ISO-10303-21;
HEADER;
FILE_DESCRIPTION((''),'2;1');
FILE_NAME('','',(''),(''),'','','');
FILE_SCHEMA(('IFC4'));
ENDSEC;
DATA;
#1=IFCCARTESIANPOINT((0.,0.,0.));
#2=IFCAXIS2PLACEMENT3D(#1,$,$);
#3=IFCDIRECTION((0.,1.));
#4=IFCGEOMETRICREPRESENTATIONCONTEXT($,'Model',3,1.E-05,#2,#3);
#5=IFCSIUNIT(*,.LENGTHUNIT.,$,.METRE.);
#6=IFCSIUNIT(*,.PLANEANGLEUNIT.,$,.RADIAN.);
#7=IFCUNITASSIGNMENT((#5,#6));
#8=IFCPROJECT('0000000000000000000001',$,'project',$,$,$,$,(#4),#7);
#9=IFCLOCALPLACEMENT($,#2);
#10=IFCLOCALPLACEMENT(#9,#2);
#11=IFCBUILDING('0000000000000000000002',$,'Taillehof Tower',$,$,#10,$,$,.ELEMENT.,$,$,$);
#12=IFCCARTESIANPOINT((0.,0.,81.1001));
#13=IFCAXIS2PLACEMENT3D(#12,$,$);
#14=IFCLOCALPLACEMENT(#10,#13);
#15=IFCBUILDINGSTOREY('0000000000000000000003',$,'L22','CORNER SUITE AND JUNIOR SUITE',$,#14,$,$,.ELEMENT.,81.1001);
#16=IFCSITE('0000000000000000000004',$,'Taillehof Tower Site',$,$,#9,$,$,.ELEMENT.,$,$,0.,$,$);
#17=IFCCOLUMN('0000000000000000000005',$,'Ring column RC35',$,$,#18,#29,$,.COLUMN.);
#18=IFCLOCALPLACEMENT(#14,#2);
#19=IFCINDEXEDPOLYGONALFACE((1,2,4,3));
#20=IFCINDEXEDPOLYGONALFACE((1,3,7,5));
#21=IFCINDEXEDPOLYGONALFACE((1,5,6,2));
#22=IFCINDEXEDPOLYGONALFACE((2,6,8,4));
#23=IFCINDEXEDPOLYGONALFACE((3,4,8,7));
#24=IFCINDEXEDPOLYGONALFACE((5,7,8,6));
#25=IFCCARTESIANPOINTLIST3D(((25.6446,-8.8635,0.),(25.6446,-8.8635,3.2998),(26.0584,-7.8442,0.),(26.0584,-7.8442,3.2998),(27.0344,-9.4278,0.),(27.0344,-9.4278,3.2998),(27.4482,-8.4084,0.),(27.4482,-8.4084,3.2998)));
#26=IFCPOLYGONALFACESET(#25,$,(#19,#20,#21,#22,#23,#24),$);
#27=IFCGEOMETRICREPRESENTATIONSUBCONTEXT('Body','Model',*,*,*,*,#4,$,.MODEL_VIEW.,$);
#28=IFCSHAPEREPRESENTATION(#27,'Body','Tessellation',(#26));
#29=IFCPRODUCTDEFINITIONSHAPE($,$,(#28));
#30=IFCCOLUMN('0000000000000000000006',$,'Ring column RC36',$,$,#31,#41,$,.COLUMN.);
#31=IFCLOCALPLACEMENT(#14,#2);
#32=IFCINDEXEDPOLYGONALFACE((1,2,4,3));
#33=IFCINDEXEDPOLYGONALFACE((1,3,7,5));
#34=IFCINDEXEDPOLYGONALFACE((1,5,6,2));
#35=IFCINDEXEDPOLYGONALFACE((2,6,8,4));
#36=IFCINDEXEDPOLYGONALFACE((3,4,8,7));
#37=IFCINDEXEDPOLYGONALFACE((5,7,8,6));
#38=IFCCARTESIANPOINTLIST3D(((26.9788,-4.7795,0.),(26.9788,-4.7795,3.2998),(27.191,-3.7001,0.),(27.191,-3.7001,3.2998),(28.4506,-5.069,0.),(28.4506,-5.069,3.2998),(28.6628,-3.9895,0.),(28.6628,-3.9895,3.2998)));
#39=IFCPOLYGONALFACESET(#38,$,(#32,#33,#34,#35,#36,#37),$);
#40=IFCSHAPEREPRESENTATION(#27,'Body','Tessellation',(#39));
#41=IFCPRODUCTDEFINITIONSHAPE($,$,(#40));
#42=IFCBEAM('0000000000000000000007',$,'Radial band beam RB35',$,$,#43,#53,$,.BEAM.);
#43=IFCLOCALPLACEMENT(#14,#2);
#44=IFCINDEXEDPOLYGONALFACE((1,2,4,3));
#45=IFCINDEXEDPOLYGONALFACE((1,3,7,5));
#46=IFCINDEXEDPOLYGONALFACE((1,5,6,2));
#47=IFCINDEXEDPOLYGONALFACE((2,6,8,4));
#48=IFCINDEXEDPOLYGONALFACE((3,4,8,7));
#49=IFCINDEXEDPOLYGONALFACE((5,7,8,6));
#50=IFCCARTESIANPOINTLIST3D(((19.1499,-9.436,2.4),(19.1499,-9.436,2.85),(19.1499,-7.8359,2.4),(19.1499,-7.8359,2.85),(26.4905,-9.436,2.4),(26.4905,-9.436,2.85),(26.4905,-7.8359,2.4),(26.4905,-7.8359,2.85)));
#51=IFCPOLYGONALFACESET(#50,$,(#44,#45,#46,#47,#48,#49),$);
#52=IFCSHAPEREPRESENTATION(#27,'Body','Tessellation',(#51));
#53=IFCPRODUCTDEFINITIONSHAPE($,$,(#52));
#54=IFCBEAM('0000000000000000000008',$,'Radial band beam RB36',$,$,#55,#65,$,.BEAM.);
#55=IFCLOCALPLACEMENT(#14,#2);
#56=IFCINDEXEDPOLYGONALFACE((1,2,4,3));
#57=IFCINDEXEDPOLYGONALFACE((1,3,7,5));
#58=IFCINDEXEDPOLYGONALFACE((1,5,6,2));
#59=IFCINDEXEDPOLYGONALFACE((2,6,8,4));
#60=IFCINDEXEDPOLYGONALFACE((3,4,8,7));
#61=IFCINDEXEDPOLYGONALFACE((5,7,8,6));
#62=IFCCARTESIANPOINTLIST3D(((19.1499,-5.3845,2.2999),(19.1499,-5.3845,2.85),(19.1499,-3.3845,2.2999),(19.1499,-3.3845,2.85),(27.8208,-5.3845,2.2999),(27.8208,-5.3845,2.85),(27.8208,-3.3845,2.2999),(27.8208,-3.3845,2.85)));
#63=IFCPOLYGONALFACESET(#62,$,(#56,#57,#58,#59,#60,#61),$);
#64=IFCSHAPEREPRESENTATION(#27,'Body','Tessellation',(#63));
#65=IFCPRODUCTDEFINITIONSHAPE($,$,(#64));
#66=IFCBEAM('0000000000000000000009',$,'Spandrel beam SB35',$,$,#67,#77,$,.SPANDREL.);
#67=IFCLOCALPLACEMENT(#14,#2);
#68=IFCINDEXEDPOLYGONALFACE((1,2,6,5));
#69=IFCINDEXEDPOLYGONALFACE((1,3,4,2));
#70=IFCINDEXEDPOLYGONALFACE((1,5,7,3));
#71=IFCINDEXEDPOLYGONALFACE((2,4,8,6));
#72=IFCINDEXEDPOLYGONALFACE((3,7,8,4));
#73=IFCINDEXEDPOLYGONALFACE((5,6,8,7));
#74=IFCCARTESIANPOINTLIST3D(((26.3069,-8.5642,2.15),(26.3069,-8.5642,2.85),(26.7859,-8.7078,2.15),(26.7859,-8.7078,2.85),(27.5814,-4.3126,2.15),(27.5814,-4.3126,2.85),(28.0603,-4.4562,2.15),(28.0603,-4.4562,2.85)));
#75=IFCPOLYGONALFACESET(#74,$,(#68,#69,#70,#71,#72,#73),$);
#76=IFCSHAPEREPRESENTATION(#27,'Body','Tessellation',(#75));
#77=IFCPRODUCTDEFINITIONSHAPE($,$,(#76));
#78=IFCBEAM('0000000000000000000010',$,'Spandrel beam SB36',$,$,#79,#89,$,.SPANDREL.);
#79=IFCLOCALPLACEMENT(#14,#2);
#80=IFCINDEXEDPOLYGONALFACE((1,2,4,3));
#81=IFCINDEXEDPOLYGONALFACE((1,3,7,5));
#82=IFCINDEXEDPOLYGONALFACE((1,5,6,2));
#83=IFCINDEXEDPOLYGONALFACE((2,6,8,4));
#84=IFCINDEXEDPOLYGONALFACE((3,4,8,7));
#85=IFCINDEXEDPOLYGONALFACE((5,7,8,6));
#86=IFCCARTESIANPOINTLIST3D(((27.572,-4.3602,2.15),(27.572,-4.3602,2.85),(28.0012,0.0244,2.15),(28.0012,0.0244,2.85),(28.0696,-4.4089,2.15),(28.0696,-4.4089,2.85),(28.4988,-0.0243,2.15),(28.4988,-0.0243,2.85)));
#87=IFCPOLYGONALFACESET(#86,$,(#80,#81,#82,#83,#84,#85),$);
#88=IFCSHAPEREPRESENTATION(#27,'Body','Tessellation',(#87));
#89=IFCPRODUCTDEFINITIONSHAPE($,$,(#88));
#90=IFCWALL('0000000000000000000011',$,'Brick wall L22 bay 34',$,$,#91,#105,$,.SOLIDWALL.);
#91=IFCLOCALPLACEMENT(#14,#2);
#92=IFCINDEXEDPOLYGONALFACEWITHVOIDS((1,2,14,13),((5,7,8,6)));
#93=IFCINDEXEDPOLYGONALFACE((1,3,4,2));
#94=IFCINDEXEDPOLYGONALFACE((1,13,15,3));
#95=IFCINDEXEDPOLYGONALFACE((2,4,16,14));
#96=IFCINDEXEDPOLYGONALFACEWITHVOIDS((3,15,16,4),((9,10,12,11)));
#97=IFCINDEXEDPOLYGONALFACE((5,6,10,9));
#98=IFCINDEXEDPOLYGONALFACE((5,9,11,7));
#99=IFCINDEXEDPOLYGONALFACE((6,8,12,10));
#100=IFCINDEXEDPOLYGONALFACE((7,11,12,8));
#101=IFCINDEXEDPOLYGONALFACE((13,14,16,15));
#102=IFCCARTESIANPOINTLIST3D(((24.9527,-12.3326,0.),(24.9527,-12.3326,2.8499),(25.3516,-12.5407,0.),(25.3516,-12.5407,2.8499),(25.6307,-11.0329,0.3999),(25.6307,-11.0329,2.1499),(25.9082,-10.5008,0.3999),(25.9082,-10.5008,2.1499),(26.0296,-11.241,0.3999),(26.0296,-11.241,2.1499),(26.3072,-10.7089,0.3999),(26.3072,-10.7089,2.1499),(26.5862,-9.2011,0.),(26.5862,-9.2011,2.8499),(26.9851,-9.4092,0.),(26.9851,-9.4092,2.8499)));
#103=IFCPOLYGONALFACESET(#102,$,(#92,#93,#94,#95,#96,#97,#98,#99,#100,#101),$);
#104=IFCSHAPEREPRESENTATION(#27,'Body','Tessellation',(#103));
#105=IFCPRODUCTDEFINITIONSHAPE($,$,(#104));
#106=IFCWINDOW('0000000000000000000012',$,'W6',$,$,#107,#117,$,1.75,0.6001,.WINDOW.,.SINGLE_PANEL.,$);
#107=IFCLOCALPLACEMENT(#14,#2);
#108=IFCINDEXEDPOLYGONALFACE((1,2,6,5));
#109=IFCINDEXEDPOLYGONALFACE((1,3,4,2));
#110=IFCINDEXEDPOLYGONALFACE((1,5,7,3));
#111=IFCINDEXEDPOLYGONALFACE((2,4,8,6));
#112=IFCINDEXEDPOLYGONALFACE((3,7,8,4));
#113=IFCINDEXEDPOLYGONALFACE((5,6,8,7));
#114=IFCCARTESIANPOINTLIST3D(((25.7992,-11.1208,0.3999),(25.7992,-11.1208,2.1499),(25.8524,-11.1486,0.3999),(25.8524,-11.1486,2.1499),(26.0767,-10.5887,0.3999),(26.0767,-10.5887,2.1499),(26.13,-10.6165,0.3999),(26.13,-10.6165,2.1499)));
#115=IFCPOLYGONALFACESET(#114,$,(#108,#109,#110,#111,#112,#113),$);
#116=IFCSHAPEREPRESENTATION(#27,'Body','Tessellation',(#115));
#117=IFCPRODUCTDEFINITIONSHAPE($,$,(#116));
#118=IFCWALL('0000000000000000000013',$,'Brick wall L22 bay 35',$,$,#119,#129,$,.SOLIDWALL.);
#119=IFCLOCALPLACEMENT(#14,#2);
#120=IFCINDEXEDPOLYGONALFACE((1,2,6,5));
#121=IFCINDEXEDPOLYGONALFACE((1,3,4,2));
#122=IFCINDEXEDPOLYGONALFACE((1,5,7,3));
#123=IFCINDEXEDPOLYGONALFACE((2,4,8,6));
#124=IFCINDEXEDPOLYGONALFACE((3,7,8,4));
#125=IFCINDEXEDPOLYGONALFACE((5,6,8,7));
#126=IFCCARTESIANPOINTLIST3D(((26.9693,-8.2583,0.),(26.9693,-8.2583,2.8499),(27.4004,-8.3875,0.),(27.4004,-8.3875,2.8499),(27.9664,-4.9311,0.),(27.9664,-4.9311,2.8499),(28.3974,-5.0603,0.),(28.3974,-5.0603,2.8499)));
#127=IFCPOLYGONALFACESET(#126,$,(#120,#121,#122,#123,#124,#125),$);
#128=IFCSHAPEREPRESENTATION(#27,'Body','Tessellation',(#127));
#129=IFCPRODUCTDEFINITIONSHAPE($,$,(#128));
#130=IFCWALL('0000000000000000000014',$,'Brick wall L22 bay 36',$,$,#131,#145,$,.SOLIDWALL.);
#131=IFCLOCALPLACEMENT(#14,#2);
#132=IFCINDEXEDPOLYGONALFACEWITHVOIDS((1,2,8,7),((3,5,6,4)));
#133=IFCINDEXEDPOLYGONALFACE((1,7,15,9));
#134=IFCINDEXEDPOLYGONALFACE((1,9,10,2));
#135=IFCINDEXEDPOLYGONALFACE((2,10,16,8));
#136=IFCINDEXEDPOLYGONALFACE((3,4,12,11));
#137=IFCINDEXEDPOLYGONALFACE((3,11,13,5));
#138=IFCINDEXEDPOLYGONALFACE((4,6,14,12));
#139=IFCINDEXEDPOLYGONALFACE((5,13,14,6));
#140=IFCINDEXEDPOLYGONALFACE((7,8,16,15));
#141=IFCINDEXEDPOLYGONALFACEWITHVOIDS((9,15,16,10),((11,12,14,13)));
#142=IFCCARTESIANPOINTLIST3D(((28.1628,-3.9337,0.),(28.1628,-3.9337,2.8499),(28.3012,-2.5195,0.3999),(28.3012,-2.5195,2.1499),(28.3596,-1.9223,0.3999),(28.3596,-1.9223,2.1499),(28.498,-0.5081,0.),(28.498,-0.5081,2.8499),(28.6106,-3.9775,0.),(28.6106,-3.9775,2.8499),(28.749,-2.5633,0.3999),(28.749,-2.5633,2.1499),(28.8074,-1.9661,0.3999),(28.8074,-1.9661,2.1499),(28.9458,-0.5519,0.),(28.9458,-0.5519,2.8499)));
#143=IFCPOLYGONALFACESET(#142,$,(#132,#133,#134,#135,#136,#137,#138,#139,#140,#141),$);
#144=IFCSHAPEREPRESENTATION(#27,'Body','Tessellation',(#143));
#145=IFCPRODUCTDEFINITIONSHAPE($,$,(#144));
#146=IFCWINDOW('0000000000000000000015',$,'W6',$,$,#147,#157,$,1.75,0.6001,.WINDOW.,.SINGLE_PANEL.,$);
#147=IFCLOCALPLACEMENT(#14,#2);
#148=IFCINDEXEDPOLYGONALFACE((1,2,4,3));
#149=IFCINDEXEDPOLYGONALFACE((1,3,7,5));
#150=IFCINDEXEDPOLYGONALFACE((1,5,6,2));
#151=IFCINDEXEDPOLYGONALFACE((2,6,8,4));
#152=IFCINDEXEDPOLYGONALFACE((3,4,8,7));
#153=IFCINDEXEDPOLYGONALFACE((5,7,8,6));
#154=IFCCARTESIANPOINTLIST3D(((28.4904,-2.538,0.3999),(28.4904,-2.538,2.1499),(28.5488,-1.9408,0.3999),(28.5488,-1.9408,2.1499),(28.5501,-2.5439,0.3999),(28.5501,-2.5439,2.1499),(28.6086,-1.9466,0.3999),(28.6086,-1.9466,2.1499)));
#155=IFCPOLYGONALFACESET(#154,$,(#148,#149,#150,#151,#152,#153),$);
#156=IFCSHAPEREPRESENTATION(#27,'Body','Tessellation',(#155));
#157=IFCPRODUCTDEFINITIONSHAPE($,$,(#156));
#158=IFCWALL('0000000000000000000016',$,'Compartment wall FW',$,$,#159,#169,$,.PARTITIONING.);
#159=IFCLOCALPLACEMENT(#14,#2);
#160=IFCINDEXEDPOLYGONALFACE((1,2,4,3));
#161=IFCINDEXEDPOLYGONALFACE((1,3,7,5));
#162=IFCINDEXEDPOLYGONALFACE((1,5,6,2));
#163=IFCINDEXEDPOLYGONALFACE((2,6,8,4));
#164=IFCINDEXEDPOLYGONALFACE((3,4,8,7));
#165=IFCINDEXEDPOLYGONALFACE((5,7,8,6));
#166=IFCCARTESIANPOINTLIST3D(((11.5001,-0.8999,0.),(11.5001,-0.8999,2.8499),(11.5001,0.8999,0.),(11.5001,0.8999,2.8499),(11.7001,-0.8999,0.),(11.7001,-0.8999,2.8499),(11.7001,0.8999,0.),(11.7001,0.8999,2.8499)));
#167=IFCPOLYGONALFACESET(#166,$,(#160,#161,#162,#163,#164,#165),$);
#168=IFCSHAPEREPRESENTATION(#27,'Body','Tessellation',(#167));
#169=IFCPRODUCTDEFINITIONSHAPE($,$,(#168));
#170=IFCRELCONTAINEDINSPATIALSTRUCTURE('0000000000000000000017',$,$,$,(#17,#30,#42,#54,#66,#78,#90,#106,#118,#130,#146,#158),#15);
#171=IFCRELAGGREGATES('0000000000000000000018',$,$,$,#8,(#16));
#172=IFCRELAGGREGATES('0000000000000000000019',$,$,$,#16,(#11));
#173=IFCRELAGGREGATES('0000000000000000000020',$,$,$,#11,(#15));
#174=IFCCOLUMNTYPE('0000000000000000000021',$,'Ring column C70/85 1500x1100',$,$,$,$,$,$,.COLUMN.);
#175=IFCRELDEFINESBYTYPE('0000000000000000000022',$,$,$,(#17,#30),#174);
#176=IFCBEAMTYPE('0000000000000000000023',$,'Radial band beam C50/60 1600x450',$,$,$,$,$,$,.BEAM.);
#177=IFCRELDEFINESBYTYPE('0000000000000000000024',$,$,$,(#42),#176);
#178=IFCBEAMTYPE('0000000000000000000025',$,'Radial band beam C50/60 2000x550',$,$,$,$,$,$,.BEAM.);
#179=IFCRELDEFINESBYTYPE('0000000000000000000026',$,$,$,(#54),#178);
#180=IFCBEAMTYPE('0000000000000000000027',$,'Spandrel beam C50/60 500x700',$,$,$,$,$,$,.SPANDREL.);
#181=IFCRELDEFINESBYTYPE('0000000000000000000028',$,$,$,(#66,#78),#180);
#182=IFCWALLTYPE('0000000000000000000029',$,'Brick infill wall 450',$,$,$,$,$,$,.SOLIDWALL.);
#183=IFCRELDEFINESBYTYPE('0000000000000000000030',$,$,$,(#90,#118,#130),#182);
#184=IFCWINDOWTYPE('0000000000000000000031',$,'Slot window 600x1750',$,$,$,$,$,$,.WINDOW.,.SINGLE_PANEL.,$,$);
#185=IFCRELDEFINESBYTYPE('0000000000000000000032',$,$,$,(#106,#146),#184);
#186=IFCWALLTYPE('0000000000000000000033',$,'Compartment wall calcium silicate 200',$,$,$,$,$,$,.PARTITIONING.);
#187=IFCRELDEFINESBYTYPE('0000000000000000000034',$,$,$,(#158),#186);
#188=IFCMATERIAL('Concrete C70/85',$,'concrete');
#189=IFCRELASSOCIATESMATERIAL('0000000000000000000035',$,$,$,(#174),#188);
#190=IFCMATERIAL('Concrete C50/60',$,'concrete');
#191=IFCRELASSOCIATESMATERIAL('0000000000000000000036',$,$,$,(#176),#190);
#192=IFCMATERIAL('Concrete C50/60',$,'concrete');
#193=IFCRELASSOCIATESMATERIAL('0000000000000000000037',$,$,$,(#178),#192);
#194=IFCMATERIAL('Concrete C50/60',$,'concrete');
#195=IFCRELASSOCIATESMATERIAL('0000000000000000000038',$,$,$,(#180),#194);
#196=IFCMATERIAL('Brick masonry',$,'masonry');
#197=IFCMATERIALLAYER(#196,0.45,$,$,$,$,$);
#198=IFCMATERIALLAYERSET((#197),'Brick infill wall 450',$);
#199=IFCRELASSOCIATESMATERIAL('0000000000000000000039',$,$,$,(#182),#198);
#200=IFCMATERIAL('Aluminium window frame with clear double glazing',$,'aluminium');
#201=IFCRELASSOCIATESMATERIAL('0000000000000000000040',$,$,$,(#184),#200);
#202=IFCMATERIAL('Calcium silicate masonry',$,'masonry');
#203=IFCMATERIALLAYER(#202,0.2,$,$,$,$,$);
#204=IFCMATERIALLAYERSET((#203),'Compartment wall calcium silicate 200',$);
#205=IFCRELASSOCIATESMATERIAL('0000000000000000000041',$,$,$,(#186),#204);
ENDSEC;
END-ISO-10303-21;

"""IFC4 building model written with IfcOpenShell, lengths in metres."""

from ifc_helpers import new_model, si_unit, direction, frame, frame_2d, origin, origin_2d, place, context, subcontext, project, spatial, rectangle, extrude, material, layer, layer_set, material_profile, profile_set, type_object, element, fill, save


model = new_model("IFC4")

# Units and contexts
model_context = context("Model", 3, precision=1e-05, world=origin(), true_north=direction((0.0, 1.0)))
body_context = subcontext(model_context, "Body", "Model", "MODEL_VIEW")
ifc_project = project(units=[si_unit("LENGTHUNIT", "METRE"), si_unit("PLANEANGLEUNIT", "RADIAN")], contexts=[model_context])

# Site, building, storey
site_placement = place(None, origin())
site = spatial("IfcSite", under=ifc_project, at=site_placement, Name="Taillehof Tower Site", CompositionType="ELEMENT", RefElevation=0.0)
building_placement = place(site_placement, origin())
building = spatial("IfcBuilding", under=site, at=building_placement, Name="Taillehof Tower", CompositionType="ELEMENT")
storey_placement = place(building_placement, frame((0.0, 0.0, 81.1001)))
storey = spatial("IfcBuildingStorey", under=building, at=storey_placement, Name="L22", Description="CORNER SUITE AND JUNIOR SUITE", CompositionType="ELEMENT", Elevation=81.1001)

# Columns
ifc_material_1 = material(Name="Concrete C70/85", Category="concrete")
ifc_material_profile_1 = material_profile(ifc_material_1, rectangle(XDim=1.5, YDim=1.1001, at=origin_2d()), Name="RC 1500x1100")
ifc_profile_set_1 = profile_set([ifc_material_profile_1], Name="Concrete C70/85")
column_type = type_object("IfcColumnType", Name="Ring column C70/85 1500x1100", PredefinedType="COLUMN", material=ifc_profile_set_1)
for number, where, z_axis, x_axis, name in (
    (1, (26.5464, -8.636, 0.0), (0.0, 0.0, 1.0), (0.926558, -0.376152, 0.0), "Ring column RC35"),
    (2, (27.8208, -4.3845, 0.0), (0.0, 0.0, 1.0), (0.981204, -0.192976, 0.0), "Ring column RC36"),
):
    element("IfcColumn", number, at=place(storey_placement, frame(where, z_axis=z_axis, x_axis=x_axis)), inside=storey, type_object=column_type, Name=name, PredefinedType="COLUMN", context=body_context, shape_type="SweptSolid", body=[
        extrude(rectangle(XDim=1.5, YDim=1.1001, at=origin_2d()), origin(), (0.0, 0.0, 1.0), 3.2998),
    ])

# Beams
ifc_material_2 = material(Name="Concrete C50/60", Category="concrete")
ifc_material_profile_2 = material_profile(ifc_material_2, rectangle(XDim=1.6001, YDim=0.45, at=origin_2d()), Name="RC 1600x450")
ifc_profile_set_2 = profile_set([ifc_material_profile_2], Name="Concrete C50/60")
beam_type_1 = type_object("IfcBeamType", Name="Radial band beam C50/60 1600x450", PredefinedType="BEAM", material=ifc_profile_set_2)
beam_1_placement = place(storey_placement, frame((26.4905, -8.636, 2.625), z_axis=(-1.0, 0.0, 0.0), x_axis=(0.0, -1.0, 0.0)))
element("IfcBeam", 3, at=beam_1_placement, inside=storey, type_object=beam_type_1, Name="Radial band beam RB35", PredefinedType="BEAM", context=body_context, shape_type="SweptSolid", body=[
    extrude(rectangle(XDim=1.6001, YDim=0.45, at=origin_2d()), origin(), (0.0, 0.0, 1.0), 7.3406),
])
ifc_material_3 = material(Name="Concrete C50/60", Category="concrete")
ifc_material_profile_3 = material_profile(ifc_material_3, rectangle(XDim=2.0, YDim=0.55, at=origin_2d()), Name="RC 2000x550")
ifc_profile_set_3 = profile_set([ifc_material_profile_3], Name="Concrete C50/60")
beam_type_2 = type_object("IfcBeamType", Name="Radial band beam C50/60 2000x550", PredefinedType="BEAM", material=ifc_profile_set_3)
beam_2_placement = place(storey_placement, frame((27.8208, -4.3845, 2.575), z_axis=(-1.0, 0.0, 0.0), x_axis=(0.0, -1.0, 0.0)))
element("IfcBeam", 4, at=beam_2_placement, inside=storey, type_object=beam_type_2, Name="Radial band beam RB36", PredefinedType="BEAM", context=body_context, shape_type="SweptSolid", body=[
    extrude(rectangle(XDim=2.0, YDim=0.55, at=origin_2d()), origin(), (0.0, 0.0, 1.0), 8.6709),
])
ifc_material_4 = material(Name="Concrete C50/60", Category="concrete")
ifc_material_profile_4 = material_profile(ifc_material_4, rectangle(XDim=0.5, YDim=0.7, at=origin_2d()), Name="RC 500x700")
ifc_profile_set_4 = profile_set([ifc_material_profile_4], Name="Concrete C50/60")
beam_type_3 = type_object("IfcBeamType", Name="Spandrel beam C50/60 500x700", PredefinedType="SPANDREL", material=ifc_profile_set_4)
beam_3_placement = place(storey_placement, frame((26.5464, -8.636, 2.5), z_axis=(0.287136, 0.95789, 0.0), x_axis=(-0.95789, 0.287136, 0.0)))
element("IfcBeam", 5, at=beam_3_placement, inside=storey, type_object=beam_type_3, Name="Spandrel beam SB35", PredefinedType="SPANDREL", context=body_context, shape_type="SweptSolid", body=[
    extrude(rectangle(XDim=0.5, YDim=0.7, at=origin_2d()), origin(), (0.0, 0.0, 1.0), 4.4385),
])
beam_4_placement = place(storey_placement, frame((27.8208, -4.3845, 2.5), z_axis=(0.097424, 0.995243, 0.0), x_axis=(-0.995243, 0.097424, 0.0)))
element("IfcBeam", 6, at=beam_4_placement, inside=storey, type_object=beam_type_3, Name="Spandrel beam SB36", PredefinedType="SPANDREL", context=body_context, shape_type="SweptSolid", body=[
    extrude(rectangle(XDim=0.5, YDim=0.7, at=origin_2d()), origin(), (0.0, 0.0, 1.0), 4.4055),
])

# Wall, opening, window
ifc_material_5 = material(Name="Brick masonry", Category="masonry")
ifc_layer_1 = layer(ifc_material_5, 0.45)
ifc_layer_set_1 = layer_set([ifc_layer_1], Name="Brick infill wall 450")
wall_type_1 = type_object("IfcWallType", Name="Brick infill wall 450", PredefinedType="SOLIDWALL", material=ifc_layer_set_1)
wall_1_placement = place(storey_placement, frame((25.1521, -12.4368, 0.0), z_axis=(0.0, 0.0, 1.0), x_axis=(0.462493, 0.886623, 0.0)))
wall_1 = element("IfcWall", 7, at=wall_1_placement, inside=storey, type_object=wall_type_1, Name="Brick wall L22 bay 34", PredefinedType="SOLIDWALL", context=body_context, shape_type="SweptSolid", body=[
    extrude(rectangle(XDim=3.532, YDim=0.45, at=frame_2d((1.7661, 0.0))), origin(), (0.0, 0.0, 1.0), 2.8499),
])
opening_1_placement = place(wall_1_placement, frame((1.4661, 0.0, 0.3999)))
opening_1 = element("IfcOpeningElement", 8, at=opening_1_placement, cuts=wall_1, PredefinedType="OPENING", context=body_context, shape_type="SweptSolid", body=[
    extrude(rectangle(XDim=0.6001, YDim=1.75, at=frame_2d((0.3, 0.875))), frame((0.0, 0.2349, 0.0), z_axis=(0.0, -1.0, 0.0), x_axis=(1.0, 0.0, 0.0)), (0.0, 0.0, 1.0), 0.47),
])
ifc_material_6 = material(Name="Aluminium window frame with clear double glazing", Category="aluminium")
window_type = type_object("IfcWindowType", Name="Slot window 600x1750", PartitioningType="SINGLE_PANEL", PredefinedType="WINDOW", material=ifc_material_6)
window_1_placement = place(opening_1_placement, origin())
window_1 = element("IfcWindow", 9, at=window_1_placement, inside=storey, type_object=window_type, Name="W6", OverallHeight=1.75, OverallWidth=0.6001, PartitioningType="SINGLE_PANEL", PredefinedType="WINDOW", context=body_context, shape_type="SweptSolid", body=[
    extrude(rectangle(XDim=0.6001, YDim=1.75, at=frame_2d((0.3, 0.875))), frame((0.0, 0.0349, 0.0), z_axis=(0.0, -1.0, 0.0), x_axis=(1.0, 0.0, 0.0)), (0.0, 0.0, 1.0), 0.0601),
])
fill(opening_1, window_1)

# Wall
wall_2_placement = place(storey_placement, frame((27.1848, -8.323, 0.0), z_axis=(0.0, 0.0, 1.0), x_axis=(0.287064, 0.957911, 0.0)))
element("IfcWall", 10, at=wall_2_placement, inside=storey, type_object=wall_type_1, Name="Brick wall L22 bay 35", PredefinedType="SOLIDWALL", context=body_context, shape_type="SweptSolid", body=[
    extrude(rectangle(XDim=3.4734, YDim=0.45, at=frame_2d((1.7368, 0.0))), origin(), (0.0, 0.0, 1.0), 2.8499),
])

# Wall, opening, window
wall_3_placement = place(storey_placement, frame((28.3867, -3.9556, 0.0), z_axis=(0.0, 0.0, 1.0), x_axis=(0.09739, 0.995246, 0.0)))
wall_3 = element("IfcWall", 11, at=wall_3_placement, inside=storey, type_object=wall_type_1, Name="Brick wall L22 bay 36", PredefinedType="SOLIDWALL", context=body_context, shape_type="SweptSolid", body=[
    extrude(rectangle(XDim=3.4419, YDim=0.45, at=frame_2d((1.7209, 0.0))), origin(), (0.0, 0.0, 1.0), 2.8499),
])
opening_2_placement = place(wall_3_placement, frame((1.4209, 0.0, 0.3999)))
opening_2 = element("IfcOpeningElement", 12, at=opening_2_placement, cuts=wall_3, PredefinedType="OPENING", context=body_context, shape_type="SweptSolid", body=[
    extrude(rectangle(XDim=0.6001, YDim=1.75, at=frame_2d((0.3, 0.875))), frame((0.0, 0.2349, 0.0), z_axis=(0.0, -1.0, 0.0), x_axis=(1.0, 0.0, 0.0)), (0.0, 0.0, 1.0), 0.47),
])
window_2_placement = place(opening_2_placement, origin())
window_2 = element("IfcWindow", 13, at=window_2_placement, inside=storey, type_object=window_type, Name="W6", OverallHeight=1.75, OverallWidth=0.6001, PartitioningType="SINGLE_PANEL", PredefinedType="WINDOW", context=body_context, shape_type="SweptSolid", body=[
    extrude(rectangle(XDim=0.6001, YDim=1.75, at=frame_2d((0.3, 0.875))), frame((0.0, 0.0349, 0.0), z_axis=(0.0, -1.0, 0.0), x_axis=(1.0, 0.0, 0.0)), (0.0, 0.0, 1.0), 0.0601),
])
fill(opening_2, window_2)

# Wall
ifc_material_7 = material(Name="Calcium silicate masonry", Category="masonry")
ifc_layer_2 = layer(ifc_material_7, 0.2)
ifc_layer_set_2 = layer_set([ifc_layer_2], Name="Compartment wall calcium silicate 200")
wall_type_2 = type_object("IfcWallType", Name="Compartment wall calcium silicate 200", PredefinedType="PARTITIONING", material=ifc_layer_set_2)
for number, where, z_axis, x_axis, name in (
    (14, (11.6001, -0.8999, 0.0), (0.0, 0.0, 1.0), (0.0, 1.0, 0.0), "Compartment wall FW"),
):
    element("IfcWall", number, at=place(storey_placement, frame(where, z_axis=z_axis, x_axis=x_axis)), inside=storey, type_object=wall_type_2, Name=name, PredefinedType="PARTITIONING", context=body_context, shape_type="SweptSolid", body=[
        extrude(rectangle(XDim=1.7998, YDim=0.2, at=frame_2d((0.8999, 0.0))), origin(), (0.0, 0.0, 1.0), 2.8499),
    ])

save(model, "model.ifc")
